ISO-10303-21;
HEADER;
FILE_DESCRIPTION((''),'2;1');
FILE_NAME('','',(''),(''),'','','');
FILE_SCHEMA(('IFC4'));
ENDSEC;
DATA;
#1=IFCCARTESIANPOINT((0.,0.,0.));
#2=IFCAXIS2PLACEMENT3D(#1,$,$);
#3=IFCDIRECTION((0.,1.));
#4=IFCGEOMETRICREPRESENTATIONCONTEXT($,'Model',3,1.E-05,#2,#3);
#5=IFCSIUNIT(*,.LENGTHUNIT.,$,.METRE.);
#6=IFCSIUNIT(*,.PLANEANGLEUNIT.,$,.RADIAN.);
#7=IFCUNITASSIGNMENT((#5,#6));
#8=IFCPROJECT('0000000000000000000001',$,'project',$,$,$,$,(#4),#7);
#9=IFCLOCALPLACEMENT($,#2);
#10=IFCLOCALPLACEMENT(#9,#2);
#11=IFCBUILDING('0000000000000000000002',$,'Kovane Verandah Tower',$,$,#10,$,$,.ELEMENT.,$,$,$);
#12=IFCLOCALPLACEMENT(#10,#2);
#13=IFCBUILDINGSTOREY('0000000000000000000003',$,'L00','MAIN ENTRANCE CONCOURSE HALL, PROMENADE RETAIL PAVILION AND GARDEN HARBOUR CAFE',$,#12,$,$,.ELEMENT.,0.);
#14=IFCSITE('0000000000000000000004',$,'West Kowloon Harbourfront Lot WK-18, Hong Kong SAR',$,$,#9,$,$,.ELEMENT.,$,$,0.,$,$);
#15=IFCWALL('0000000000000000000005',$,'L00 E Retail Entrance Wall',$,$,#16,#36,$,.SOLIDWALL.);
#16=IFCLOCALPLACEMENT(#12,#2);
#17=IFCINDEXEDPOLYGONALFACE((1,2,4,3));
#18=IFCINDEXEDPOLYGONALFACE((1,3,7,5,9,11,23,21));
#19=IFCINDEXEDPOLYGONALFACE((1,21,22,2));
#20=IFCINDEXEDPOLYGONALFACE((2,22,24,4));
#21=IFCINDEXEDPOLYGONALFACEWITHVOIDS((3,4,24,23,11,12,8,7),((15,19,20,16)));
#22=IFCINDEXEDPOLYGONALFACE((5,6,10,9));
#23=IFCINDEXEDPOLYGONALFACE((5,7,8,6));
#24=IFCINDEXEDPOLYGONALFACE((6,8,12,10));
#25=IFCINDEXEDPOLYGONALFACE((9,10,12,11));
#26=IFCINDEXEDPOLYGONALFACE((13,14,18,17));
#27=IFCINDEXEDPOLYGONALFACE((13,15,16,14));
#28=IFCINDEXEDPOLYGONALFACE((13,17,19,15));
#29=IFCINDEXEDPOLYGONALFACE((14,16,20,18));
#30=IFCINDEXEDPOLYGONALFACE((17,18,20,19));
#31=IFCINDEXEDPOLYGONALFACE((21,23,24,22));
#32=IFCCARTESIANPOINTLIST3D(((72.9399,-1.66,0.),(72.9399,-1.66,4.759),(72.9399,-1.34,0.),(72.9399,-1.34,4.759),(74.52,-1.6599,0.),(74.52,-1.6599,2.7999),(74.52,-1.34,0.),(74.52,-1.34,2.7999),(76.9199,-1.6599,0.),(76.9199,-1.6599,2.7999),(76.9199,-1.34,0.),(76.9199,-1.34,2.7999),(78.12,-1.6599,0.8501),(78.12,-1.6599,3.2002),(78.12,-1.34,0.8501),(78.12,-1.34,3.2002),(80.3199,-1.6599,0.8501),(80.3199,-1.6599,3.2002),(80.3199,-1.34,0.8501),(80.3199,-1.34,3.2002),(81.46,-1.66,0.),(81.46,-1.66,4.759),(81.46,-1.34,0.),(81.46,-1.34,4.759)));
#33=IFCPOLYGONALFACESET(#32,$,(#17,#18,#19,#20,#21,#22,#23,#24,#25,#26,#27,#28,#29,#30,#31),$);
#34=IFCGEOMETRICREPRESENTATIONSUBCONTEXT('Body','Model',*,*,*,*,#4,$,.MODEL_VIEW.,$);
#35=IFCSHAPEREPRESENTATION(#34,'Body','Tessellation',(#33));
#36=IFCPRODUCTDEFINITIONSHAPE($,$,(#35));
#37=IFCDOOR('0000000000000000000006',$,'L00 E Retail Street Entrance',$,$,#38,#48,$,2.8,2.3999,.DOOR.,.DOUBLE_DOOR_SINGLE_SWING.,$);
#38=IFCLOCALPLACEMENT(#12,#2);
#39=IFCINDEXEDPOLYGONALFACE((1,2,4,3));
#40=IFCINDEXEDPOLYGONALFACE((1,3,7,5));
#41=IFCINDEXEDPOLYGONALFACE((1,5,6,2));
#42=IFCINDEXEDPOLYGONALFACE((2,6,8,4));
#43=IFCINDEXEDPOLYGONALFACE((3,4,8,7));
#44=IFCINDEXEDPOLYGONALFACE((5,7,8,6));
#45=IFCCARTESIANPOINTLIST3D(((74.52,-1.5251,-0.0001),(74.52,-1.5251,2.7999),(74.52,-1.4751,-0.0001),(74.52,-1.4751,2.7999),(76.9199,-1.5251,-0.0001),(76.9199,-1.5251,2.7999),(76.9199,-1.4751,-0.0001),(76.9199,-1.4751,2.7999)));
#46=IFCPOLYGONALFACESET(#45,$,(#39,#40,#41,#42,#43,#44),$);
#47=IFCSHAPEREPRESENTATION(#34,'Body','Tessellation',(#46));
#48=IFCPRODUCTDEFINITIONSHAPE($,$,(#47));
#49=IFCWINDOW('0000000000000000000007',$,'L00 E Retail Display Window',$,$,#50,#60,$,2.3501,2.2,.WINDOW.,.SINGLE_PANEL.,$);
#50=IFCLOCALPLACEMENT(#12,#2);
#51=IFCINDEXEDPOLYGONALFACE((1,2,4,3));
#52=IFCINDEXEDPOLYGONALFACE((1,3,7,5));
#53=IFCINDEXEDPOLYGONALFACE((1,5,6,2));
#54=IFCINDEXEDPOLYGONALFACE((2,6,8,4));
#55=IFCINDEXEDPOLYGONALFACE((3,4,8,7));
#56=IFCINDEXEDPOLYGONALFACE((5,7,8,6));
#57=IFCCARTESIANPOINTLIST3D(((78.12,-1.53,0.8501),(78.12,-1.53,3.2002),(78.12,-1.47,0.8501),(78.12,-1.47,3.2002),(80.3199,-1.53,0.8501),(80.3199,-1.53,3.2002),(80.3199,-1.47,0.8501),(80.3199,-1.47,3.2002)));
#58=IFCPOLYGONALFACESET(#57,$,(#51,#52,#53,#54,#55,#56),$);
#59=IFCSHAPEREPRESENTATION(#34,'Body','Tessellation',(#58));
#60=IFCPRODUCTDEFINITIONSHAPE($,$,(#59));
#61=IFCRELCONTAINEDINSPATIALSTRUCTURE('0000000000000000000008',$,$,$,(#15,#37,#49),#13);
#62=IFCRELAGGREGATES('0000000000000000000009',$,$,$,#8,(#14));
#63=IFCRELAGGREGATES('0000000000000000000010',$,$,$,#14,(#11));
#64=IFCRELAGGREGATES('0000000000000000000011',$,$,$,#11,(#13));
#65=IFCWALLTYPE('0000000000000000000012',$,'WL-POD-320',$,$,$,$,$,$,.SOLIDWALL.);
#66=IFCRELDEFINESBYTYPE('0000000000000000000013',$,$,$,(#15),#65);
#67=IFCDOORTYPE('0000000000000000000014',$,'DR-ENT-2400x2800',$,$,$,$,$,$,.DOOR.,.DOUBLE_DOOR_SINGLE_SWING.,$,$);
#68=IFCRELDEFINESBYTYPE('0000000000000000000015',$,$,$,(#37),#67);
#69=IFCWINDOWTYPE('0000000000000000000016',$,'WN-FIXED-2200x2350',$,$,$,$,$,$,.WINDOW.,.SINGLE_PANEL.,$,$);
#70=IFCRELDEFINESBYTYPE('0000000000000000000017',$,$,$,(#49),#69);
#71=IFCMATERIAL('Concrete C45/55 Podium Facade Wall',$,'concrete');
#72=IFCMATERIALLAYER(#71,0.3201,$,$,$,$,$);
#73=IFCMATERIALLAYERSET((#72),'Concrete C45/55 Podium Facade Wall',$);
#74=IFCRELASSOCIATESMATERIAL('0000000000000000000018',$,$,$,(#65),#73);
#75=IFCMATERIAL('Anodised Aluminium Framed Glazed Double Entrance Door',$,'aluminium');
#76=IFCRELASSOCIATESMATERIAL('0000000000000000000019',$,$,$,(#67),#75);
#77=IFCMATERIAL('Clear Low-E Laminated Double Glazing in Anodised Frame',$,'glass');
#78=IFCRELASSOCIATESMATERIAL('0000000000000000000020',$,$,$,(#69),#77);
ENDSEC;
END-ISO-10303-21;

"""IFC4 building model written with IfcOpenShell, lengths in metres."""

from ifc_helpers import new_model, si_unit, direction, frame, frame_2d, origin, place, context, subcontext, project, spatial, rectangle, extrude, material, layer, layer_set, type_object, element, fill, save


model = new_model("IFC4")

# Units and contexts
model_context = context("Model", 3, precision=1e-05, world=origin(), true_north=direction((0.0, 1.0)))
body_context = subcontext(model_context, "Body", "Model", "MODEL_VIEW")
ifc_project = project(units=[si_unit("LENGTHUNIT", "METRE"), si_unit("PLANEANGLEUNIT", "RADIAN")], contexts=[model_context])

# Site, building, storey
site_placement = place(None, origin())
site = spatial("IfcSite", under=ifc_project, at=site_placement, Name="West Kowloon Harbourfront Lot WK-18, Hong Kong SAR", CompositionType="ELEMENT", RefElevation=0.0)
building_placement = place(site_placement, origin())
building = spatial("IfcBuilding", under=site, at=building_placement, Name="Kovane Verandah Tower", CompositionType="ELEMENT")
storey_placement = place(building_placement, origin())
storey = spatial("IfcBuildingStorey", under=building, at=storey_placement, Name="L00", Description="MAIN ENTRANCE CONCOURSE HALL, PROMENADE RETAIL PAVILION AND GARDEN HARBOUR CAFE", CompositionType="ELEMENT", Elevation=0.0)

# Wall, openings, door, window
ifc_material_1 = material(Name="Concrete C45/55 Podium Facade Wall", Category="concrete")
ifc_layer_1 = layer(ifc_material_1, 0.3201)
ifc_layer_set_1 = layer_set([ifc_layer_1], Name="Concrete C45/55 Podium Facade Wall")
wall_type_1 = type_object("IfcWallType", Name="WL-POD-320", PredefinedType="SOLIDWALL", material=ifc_layer_set_1)
wall_1_placement = place(storey_placement, frame((72.9399, -1.5, 0.0), z_axis=(0.0, 0.0, 1.0), x_axis=(1.0, 0.0, 0.0)))
wall_1 = element("IfcWall", 1, at=wall_1_placement, inside=storey, type_object=wall_type_1, Name="L00 E Retail Entrance Wall", PredefinedType="SOLIDWALL", context=body_context, shape_type="SweptSolid", body=[
    extrude(rectangle(XDim=8.52, YDim=0.3201, at=frame_2d((4.26, 0.0))), origin(), (0.0, 0.0, 1.0), 4.759),
])
opening_1_placement = place(wall_1_placement, frame((1.5801, 0.0, 0.0)))
opening_1 = element("IfcOpeningElement", 2, at=opening_1_placement, cuts=wall_1, PredefinedType="OPENING", context=body_context, shape_type="SweptSolid", body=[
    extrude(rectangle(XDim=2.3999, YDim=2.8, at=frame_2d((1.2, 1.3999))), frame((0.0, 0.1602, 0.0), z_axis=(0.0, -1.0, 0.0), x_axis=(1.0, 0.0, 0.0)), (0.0, 0.0, 1.0), 0.3201),
])
opening_2_placement = place(wall_1_placement, frame((5.1799, 0.0, 0.8501)))
opening_2 = element("IfcOpeningElement", 3, at=opening_2_placement, cuts=wall_1, PredefinedType="OPENING", context=body_context, shape_type="SweptSolid", body=[
    extrude(rectangle(XDim=2.2, YDim=2.3501, at=frame_2d((1.1001, 1.175))), frame((0.0, 0.1602, 0.0), z_axis=(0.0, -1.0, 0.0), x_axis=(1.0, 0.0, 0.0)), (0.0, 0.0, 1.0), 0.3201),
])
ifc_material_2 = material(Name="Anodised Aluminium Framed Glazed Double Entrance Door", Category="aluminium")
door_type_1 = type_object("IfcDoorType", Name="DR-ENT-2400x2800", OperationType="DOUBLE_DOOR_SINGLE_SWING", PredefinedType="DOOR", material=ifc_material_2)
door_1_placement = place(opening_1_placement, origin())
door_1 = element("IfcDoor", 4, at=door_1_placement, inside=storey, type_object=door_type_1, Name="L00 E Retail Street Entrance", OperationType="DOUBLE_DOOR_SINGLE_SWING", OverallHeight=2.8, OverallWidth=2.3999, PredefinedType="DOOR", context=body_context, shape_type="SweptSolid", body=[
    extrude(rectangle(XDim=2.3999, YDim=2.8, at=frame_2d((1.2, 1.3999))), frame((0.0, 0.0249, 0.0), z_axis=(0.0, -1.0, 0.0), x_axis=(1.0, 0.0, 0.0)), (0.0, 0.0, 1.0), 0.05),
])
fill(opening_1, door_1)
ifc_material_3 = material(Name="Clear Low-E Laminated Double Glazing in Anodised Frame", Category="glass")
window_type = type_object("IfcWindowType", Name="WN-FIXED-2200x2350", PartitioningType="SINGLE_PANEL", PredefinedType="WINDOW", material=ifc_material_3)
window_placement = place(opening_2_placement, origin())
window = element("IfcWindow", 5, at=window_placement, inside=storey, type_object=window_type, Name="L00 E Retail Display Window", OverallHeight=2.3501, OverallWidth=2.2, PartitioningType="SINGLE_PANEL", PredefinedType="WINDOW", context=body_context, shape_type="SweptSolid", body=[
    extrude(rectangle(XDim=2.2, YDim=2.3501, at=frame_2d((1.1001, 1.175))), frame((0.0, 0.03, 0.0), z_axis=(0.0, -1.0, 0.0), x_axis=(1.0, 0.0, 0.0)), (0.0, 0.0, 1.0), 0.0601),
])
fill(opening_2, window)

save(model, "model.ifc")
